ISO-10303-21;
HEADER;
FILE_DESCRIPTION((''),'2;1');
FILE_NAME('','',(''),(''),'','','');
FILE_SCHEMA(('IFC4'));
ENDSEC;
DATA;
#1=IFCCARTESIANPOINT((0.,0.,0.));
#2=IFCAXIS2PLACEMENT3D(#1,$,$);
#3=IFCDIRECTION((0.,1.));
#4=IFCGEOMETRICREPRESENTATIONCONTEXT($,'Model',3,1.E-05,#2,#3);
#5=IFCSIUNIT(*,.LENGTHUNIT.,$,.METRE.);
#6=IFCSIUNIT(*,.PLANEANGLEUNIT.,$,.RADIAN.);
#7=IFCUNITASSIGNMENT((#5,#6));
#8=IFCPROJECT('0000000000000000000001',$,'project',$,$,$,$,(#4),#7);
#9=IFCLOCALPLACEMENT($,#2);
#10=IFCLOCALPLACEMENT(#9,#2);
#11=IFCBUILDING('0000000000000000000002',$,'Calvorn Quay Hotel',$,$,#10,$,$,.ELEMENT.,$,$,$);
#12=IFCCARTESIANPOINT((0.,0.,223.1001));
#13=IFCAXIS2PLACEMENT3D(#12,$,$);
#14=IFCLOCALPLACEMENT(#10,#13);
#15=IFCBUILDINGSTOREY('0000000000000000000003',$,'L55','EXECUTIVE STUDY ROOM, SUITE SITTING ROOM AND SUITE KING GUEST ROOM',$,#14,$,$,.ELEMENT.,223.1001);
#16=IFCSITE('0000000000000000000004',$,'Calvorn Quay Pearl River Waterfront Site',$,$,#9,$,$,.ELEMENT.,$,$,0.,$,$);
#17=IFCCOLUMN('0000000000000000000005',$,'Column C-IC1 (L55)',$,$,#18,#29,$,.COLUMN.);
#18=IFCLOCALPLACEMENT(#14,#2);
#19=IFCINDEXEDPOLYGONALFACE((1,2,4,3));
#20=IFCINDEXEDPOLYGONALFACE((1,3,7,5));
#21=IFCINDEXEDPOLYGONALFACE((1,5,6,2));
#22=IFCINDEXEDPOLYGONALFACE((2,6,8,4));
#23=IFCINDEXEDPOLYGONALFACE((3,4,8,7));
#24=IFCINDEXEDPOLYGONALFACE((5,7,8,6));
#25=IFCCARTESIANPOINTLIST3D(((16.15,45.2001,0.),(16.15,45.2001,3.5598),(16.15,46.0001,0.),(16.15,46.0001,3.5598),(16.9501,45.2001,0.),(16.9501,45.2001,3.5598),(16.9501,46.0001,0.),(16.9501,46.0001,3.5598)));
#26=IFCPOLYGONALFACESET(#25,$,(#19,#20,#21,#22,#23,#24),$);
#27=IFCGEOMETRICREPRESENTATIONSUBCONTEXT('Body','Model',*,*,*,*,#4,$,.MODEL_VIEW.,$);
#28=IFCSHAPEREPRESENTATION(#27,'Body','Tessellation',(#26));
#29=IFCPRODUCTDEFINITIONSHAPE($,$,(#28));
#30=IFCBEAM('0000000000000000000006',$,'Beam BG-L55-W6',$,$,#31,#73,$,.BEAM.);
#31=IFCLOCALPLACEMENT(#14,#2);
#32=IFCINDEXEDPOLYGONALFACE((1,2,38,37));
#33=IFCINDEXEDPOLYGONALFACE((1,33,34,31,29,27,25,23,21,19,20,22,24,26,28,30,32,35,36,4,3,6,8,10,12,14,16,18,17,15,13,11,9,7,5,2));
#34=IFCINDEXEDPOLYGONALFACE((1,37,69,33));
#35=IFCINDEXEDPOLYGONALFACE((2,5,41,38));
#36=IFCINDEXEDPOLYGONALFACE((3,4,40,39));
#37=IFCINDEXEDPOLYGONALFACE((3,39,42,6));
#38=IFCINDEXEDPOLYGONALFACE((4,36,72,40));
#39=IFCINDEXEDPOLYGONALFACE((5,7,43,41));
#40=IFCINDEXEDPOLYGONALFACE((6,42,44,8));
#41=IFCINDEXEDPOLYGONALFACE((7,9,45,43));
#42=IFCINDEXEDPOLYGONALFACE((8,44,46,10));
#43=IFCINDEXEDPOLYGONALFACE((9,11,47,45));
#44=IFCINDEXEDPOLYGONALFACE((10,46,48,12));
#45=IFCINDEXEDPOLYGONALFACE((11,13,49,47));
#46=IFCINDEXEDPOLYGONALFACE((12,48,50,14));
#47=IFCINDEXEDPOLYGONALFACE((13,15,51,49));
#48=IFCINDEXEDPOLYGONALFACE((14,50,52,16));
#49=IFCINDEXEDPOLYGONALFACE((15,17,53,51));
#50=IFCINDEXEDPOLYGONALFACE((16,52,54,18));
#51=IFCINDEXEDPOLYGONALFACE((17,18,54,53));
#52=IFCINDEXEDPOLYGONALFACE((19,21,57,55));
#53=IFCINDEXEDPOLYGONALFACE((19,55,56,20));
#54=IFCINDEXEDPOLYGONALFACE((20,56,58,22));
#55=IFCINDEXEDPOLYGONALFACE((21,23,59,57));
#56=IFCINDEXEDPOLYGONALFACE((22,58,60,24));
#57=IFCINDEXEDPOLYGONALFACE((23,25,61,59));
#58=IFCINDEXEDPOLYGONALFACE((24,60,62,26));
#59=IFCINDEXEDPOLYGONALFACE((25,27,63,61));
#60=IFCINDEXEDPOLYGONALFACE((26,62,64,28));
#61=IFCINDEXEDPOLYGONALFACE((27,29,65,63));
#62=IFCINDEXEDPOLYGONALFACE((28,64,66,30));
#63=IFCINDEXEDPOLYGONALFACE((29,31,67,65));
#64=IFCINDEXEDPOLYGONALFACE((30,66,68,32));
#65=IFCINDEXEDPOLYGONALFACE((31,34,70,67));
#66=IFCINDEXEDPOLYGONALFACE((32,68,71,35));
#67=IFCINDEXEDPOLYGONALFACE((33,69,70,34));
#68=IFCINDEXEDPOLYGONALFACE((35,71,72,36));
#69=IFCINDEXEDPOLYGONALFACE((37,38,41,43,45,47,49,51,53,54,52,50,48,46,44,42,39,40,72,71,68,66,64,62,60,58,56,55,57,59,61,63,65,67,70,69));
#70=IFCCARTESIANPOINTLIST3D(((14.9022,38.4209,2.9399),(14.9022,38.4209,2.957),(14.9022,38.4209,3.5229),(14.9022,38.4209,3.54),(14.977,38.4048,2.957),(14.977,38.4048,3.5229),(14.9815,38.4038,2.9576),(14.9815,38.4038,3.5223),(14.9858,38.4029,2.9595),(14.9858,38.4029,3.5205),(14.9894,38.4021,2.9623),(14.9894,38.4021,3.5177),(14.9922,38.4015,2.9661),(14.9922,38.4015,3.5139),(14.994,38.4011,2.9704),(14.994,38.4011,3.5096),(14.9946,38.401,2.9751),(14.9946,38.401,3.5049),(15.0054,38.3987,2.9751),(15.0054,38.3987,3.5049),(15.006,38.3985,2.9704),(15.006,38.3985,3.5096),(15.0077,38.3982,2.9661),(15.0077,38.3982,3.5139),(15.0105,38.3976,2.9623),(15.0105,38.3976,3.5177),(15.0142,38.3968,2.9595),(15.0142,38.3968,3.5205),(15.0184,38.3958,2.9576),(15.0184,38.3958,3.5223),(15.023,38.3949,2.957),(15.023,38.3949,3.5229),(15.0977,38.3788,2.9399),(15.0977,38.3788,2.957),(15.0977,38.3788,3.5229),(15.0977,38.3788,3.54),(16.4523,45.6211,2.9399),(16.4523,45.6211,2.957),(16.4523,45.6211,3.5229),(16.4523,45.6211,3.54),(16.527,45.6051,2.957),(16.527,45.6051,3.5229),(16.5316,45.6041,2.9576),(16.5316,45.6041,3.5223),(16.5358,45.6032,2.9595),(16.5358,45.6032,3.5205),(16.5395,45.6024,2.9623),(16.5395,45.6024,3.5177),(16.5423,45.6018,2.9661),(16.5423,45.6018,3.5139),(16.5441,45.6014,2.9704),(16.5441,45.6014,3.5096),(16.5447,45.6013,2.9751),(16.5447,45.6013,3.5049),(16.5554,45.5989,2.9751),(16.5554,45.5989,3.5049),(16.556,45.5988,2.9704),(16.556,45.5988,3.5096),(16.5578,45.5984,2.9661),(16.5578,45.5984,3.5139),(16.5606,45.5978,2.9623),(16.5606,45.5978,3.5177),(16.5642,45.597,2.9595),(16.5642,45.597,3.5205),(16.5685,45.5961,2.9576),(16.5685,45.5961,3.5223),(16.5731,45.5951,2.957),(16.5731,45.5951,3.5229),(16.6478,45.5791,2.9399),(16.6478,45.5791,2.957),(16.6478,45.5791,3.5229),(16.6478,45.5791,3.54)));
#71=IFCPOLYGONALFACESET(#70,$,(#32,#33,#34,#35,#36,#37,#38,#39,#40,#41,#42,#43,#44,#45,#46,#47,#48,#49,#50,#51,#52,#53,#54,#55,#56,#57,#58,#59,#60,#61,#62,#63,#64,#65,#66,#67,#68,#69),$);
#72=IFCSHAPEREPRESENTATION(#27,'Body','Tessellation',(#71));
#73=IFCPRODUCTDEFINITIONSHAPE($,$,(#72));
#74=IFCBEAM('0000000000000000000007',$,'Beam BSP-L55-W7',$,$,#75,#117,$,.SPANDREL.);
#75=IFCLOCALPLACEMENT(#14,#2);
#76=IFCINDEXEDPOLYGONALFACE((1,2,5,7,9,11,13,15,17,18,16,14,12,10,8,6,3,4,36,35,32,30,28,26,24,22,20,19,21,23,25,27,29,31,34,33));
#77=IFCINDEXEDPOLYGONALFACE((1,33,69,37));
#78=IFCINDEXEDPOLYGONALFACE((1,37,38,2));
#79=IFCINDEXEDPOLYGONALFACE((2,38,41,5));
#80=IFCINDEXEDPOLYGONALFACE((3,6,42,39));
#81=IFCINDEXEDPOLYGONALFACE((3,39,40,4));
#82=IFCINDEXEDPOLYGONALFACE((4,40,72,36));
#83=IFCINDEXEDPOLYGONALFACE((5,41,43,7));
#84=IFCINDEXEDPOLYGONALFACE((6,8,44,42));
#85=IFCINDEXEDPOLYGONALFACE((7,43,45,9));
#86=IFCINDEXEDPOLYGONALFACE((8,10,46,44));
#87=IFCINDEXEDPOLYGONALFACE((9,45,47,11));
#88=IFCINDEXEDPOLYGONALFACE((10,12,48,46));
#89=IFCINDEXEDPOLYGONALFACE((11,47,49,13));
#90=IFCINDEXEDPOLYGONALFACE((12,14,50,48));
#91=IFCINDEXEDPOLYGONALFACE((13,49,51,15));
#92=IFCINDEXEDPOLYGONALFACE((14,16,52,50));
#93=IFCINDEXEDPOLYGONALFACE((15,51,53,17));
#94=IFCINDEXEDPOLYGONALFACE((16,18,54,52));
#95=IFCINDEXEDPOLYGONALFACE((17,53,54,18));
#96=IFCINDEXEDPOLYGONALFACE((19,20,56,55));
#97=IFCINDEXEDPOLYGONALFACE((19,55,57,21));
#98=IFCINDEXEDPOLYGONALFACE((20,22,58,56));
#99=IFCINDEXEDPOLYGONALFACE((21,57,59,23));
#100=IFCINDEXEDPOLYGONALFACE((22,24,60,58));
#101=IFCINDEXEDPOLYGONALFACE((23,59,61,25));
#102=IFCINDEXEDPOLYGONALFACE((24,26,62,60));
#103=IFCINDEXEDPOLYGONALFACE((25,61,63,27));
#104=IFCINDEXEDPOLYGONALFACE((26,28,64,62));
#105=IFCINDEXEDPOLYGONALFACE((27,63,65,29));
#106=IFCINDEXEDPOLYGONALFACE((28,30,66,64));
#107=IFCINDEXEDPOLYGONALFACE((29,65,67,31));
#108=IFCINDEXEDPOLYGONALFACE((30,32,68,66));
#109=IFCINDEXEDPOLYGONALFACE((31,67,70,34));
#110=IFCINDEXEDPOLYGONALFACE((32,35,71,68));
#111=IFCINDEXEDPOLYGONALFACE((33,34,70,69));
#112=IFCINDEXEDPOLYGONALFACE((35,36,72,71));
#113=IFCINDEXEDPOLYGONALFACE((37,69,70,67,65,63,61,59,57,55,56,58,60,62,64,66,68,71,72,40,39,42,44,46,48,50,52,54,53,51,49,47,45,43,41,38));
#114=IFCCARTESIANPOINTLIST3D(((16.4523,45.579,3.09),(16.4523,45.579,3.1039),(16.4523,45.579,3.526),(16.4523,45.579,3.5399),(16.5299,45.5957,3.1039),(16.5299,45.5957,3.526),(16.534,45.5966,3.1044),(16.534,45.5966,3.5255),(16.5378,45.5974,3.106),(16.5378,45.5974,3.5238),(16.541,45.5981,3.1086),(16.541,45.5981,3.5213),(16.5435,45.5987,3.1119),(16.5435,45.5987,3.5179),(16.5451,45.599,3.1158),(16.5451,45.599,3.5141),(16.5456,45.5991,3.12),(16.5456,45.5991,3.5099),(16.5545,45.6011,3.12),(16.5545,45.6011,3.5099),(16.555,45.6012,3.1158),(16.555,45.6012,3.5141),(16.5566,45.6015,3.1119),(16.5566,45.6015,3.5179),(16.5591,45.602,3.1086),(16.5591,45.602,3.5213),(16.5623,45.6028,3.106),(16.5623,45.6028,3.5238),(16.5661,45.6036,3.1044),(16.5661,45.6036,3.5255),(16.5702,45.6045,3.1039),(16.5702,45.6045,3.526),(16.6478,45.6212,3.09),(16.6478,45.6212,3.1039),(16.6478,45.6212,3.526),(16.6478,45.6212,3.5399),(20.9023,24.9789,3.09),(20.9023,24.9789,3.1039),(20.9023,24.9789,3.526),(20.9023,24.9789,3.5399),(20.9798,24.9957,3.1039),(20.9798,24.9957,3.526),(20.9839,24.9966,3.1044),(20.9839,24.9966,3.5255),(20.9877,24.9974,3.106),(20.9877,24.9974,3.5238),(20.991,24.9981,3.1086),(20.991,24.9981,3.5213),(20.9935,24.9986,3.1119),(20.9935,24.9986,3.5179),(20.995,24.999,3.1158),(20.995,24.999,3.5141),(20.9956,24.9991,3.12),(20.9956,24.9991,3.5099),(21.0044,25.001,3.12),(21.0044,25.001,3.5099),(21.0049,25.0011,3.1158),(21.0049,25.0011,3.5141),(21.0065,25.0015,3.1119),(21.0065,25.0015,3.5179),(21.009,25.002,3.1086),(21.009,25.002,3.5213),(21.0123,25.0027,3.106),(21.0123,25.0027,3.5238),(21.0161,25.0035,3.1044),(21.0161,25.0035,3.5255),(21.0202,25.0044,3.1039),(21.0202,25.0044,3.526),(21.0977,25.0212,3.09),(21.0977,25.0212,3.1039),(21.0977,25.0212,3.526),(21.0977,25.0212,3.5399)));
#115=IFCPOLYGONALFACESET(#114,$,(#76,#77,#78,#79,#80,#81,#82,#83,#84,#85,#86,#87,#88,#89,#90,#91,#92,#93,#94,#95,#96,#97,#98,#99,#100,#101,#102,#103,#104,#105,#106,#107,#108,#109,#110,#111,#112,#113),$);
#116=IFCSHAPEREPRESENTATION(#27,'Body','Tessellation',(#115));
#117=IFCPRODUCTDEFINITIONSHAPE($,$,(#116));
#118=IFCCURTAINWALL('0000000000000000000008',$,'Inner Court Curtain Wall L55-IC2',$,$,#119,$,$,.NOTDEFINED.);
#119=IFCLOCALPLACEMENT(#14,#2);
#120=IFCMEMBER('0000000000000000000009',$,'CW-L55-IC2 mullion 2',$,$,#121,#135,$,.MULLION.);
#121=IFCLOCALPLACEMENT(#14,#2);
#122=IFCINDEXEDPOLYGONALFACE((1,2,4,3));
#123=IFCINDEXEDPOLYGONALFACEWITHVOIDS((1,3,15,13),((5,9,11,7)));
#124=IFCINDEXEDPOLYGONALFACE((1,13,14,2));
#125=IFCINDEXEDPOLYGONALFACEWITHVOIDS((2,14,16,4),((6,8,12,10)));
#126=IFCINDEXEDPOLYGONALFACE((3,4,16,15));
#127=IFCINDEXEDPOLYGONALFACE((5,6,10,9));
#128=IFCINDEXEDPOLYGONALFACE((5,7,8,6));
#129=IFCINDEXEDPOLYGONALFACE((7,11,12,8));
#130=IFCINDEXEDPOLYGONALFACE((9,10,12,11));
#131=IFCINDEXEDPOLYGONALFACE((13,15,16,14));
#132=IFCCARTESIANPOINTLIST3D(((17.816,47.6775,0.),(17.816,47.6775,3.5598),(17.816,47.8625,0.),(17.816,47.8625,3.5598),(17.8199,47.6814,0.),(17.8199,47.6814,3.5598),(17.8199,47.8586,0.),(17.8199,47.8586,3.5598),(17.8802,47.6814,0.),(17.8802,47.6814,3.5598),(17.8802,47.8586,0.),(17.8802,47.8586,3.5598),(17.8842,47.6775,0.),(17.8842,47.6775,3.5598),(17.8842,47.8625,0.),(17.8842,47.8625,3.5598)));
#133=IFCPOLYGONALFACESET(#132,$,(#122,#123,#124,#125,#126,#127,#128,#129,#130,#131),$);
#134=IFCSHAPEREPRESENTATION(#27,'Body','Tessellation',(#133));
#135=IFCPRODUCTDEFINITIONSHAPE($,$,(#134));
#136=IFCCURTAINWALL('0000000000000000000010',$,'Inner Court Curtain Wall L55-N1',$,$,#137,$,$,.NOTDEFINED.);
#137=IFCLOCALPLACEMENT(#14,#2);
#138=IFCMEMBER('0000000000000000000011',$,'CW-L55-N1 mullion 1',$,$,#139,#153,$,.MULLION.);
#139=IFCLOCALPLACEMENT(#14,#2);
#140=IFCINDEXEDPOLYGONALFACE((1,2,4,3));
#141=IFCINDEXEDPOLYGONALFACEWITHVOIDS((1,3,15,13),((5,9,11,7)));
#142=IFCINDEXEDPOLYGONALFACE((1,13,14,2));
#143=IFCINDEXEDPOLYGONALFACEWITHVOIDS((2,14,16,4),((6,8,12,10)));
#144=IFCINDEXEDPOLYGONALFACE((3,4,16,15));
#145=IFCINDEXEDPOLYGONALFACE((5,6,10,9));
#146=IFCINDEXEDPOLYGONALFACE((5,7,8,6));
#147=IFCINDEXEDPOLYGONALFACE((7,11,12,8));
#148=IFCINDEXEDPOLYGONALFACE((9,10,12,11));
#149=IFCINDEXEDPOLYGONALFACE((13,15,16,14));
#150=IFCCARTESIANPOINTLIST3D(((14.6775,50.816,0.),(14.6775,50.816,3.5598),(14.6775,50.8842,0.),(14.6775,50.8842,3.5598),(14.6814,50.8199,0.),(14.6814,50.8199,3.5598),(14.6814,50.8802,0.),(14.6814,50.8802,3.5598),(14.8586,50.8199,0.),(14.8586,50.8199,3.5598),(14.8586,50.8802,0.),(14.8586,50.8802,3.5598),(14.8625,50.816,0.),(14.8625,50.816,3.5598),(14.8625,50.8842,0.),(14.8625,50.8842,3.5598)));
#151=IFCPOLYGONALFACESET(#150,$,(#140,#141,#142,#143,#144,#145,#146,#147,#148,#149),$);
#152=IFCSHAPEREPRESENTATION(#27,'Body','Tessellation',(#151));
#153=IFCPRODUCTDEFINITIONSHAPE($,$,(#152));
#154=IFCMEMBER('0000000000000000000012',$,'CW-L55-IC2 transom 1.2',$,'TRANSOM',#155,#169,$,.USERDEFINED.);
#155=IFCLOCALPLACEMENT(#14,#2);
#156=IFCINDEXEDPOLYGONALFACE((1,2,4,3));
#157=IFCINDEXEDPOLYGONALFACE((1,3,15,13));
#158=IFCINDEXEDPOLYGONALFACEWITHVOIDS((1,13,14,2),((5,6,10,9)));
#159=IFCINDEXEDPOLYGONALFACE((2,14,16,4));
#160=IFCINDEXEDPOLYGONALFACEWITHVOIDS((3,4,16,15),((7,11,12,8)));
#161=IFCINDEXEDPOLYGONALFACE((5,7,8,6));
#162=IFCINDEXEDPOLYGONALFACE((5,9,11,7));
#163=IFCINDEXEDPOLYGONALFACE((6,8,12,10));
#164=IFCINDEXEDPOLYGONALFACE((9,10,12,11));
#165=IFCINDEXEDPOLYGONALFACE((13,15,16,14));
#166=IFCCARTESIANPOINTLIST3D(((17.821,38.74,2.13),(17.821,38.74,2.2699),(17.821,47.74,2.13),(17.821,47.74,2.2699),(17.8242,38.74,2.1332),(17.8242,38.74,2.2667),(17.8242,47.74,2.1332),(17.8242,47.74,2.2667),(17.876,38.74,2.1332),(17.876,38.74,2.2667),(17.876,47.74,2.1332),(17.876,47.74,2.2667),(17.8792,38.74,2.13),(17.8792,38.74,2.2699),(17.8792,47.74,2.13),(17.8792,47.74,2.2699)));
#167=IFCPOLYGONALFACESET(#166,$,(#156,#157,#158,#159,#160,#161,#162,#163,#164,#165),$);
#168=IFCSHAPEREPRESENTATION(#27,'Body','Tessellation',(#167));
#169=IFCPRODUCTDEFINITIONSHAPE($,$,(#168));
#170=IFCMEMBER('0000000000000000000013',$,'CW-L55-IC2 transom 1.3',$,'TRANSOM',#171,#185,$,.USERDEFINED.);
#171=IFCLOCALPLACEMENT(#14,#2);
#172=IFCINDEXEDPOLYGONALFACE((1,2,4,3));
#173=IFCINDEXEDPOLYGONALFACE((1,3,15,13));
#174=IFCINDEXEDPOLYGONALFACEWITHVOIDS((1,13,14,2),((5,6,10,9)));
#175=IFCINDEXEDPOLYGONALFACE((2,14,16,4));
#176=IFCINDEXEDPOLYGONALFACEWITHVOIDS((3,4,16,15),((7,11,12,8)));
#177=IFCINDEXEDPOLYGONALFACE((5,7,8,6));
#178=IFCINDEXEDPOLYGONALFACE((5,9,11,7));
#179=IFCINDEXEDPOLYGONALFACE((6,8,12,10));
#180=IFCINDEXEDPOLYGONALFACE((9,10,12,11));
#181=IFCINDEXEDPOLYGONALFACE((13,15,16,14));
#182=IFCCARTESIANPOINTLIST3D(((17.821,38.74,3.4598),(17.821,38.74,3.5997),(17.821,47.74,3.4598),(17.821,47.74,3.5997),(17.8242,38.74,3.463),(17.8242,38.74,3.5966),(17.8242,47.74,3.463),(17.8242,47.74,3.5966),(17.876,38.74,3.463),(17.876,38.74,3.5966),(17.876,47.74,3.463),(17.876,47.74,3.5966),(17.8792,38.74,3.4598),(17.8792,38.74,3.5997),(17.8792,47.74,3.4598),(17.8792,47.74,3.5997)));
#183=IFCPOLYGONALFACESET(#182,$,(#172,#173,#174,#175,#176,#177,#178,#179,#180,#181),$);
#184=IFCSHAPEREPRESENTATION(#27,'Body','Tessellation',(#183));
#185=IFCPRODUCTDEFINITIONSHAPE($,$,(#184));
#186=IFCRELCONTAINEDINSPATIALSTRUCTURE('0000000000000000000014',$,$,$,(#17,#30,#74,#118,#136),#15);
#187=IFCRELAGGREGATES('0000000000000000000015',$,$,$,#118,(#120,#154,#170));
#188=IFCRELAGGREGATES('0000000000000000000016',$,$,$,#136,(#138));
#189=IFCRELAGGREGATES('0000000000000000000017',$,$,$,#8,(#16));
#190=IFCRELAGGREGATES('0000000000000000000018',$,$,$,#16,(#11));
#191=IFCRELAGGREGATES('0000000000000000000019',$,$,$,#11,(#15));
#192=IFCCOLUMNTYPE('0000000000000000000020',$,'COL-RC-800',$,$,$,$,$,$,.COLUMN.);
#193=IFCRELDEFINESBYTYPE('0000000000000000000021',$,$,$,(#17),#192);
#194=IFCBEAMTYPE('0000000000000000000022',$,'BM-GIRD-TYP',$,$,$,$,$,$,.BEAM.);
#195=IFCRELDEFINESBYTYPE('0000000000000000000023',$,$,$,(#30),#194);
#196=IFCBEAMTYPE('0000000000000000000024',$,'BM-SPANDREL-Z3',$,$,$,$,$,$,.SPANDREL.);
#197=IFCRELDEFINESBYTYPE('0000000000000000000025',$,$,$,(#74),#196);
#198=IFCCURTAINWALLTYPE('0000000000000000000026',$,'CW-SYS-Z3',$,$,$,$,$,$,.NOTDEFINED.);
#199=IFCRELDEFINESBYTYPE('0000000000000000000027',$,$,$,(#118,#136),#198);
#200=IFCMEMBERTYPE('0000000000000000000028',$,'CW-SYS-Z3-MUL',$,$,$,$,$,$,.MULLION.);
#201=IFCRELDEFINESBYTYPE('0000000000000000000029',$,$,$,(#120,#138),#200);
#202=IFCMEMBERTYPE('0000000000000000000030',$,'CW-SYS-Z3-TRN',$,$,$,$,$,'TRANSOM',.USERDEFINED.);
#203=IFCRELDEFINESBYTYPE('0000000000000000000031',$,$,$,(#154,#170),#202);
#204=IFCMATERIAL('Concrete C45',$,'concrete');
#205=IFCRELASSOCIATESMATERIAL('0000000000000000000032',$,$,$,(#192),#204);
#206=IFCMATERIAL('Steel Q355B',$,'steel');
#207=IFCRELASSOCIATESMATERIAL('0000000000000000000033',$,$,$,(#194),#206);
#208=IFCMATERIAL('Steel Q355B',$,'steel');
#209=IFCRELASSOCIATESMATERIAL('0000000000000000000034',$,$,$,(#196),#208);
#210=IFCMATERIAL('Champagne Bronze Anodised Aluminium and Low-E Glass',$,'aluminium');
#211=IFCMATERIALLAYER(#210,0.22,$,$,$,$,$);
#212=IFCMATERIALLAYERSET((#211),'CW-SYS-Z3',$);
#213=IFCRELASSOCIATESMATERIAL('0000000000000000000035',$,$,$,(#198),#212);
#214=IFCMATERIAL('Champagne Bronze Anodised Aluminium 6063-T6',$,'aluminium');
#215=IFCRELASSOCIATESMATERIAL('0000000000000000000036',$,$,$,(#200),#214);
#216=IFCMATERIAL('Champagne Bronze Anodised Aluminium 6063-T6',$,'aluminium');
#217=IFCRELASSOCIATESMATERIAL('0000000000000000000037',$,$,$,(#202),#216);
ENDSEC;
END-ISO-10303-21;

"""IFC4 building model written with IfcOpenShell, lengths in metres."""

from ifc_helpers import new_model, si_unit, direction, frame, origin, origin_2d, place, context, subcontext, project, spatial, rectangle, hollow_rectangle, i_section, extrude, material, layer, layer_set, material_profile, profile_set, type_object, element, aggregate, save


model = new_model("IFC4")

# Units and contexts
model_context = context("Model", 3, precision=1e-05, world=origin(), true_north=direction((0.0, 1.0)))
body_context = subcontext(model_context, "Body", "Model", "MODEL_VIEW")
ifc_project = project(units=[si_unit("LENGTHUNIT", "METRE"), si_unit("PLANEANGLEUNIT", "RADIAN")], contexts=[model_context])

# Site, building, storey
site_placement = place(None, origin())
site = spatial("IfcSite", under=ifc_project, at=site_placement, Name="Calvorn Quay Pearl River Waterfront Site", CompositionType="ELEMENT", RefElevation=0.0)
building_placement = place(site_placement, origin())
building = spatial("IfcBuilding", under=site, at=building_placement, Name="Calvorn Quay Hotel", CompositionType="ELEMENT")
storey_placement = place(building_placement, frame((0.0, 0.0, 223.1001)))
storey = spatial("IfcBuildingStorey", under=building, at=storey_placement, Name="L55", Description="EXECUTIVE STUDY ROOM, SUITE SITTING ROOM AND SUITE KING GUEST ROOM", CompositionType="ELEMENT", Elevation=223.1001)

# Column
ifc_material_1 = material(Name="Concrete C45", Category="concrete")
ifc_material_profile_1 = material_profile(ifc_material_1, rectangle(XDim=0.8, YDim=0.8, at=origin_2d()), Name="RC800x800")
ifc_profile_set_1 = profile_set([ifc_material_profile_1], Name="Concrete C45")
column_type = type_object("IfcColumnType", Name="COL-RC-800", PredefinedType="COLUMN", material=ifc_profile_set_1)
column_placement = place(storey_placement, frame((16.55, 45.6001, 0.0), z_axis=(0.0, 0.0, 1.0), x_axis=(1.0, 0.0, 0.0)))
element("IfcColumn", 1, at=column_placement, inside=storey, type_object=column_type, Name="Column C-IC1 (L55)", PredefinedType="COLUMN", context=body_context, shape_type="SweptSolid", body=[
    extrude(rectangle(XDim=0.8, YDim=0.8, at=origin_2d()), origin(), (0.0, 0.0, 1.0), 3.5598),
])

# Beams
ifc_material_2 = material(Name="Steel Q355B", Category="steel")
ifc_material_profile_2 = material_profile(ifc_material_2, i_section(OverallWidth=0.2, OverallDepth=0.6001, WebThickness=0.011, FlangeThickness=0.0171, FilletRadius=0.0181, at=origin_2d()), Name="HN600x200x11x17")
ifc_profile_set_2 = profile_set([ifc_material_profile_2], Name="Steel Q355B")
beam_type_1 = type_object("IfcBeamType", Name="BM-GIRD-TYP", PredefinedType="BEAM", material=ifc_profile_set_2)
beam_1_placement = place(storey_placement, frame((16.55, 45.6001, 3.24), z_axis=(-0.210457, -0.977603, 0.0), x_axis=(0.977603, -0.210457, 0.0)))
element("IfcBeam", 2, at=beam_1_placement, inside=storey, type_object=beam_type_1, Name="Beam BG-L55-W6", PredefinedType="BEAM", context=body_context, shape_type="SweptSolid", body=[
    extrude(i_section(OverallWidth=0.2, OverallDepth=0.6001, WebThickness=0.011, FlangeThickness=0.0171, FilletRadius=0.0181, at=origin_2d()), origin(), (0.0, 0.0, 1.0), 7.3652),
])
ifc_material_3 = material(Name="Steel Q355B", Category="steel")
ifc_material_profile_3 = material_profile(ifc_material_3, i_section(OverallWidth=0.2, OverallDepth=0.45, WebThickness=0.009, FlangeThickness=0.0139, FilletRadius=0.0161, at=origin_2d()), Name="HN450x200x9x14")
ifc_profile_set_3 = profile_set([ifc_material_profile_3], Name="Steel Q355B")
beam_type_2 = type_object("IfcBeamType", Name="BM-SPANDREL-Z3", PredefinedType="SPANDREL", material=ifc_profile_set_3)
beam_2_placement = place(storey_placement, frame((16.55, 45.6001, 3.3149), z_axis=(0.211146, -0.977455, 0.0), x_axis=(0.977455, 0.211146, 0.0)))
element("IfcBeam", 3, at=beam_2_placement, inside=storey, type_object=beam_type_2, Name="Beam BSP-L55-W7", PredefinedType="SPANDREL", context=body_context, shape_type="SweptSolid", body=[
    extrude(i_section(OverallWidth=0.2, OverallDepth=0.45, WebThickness=0.009, FlangeThickness=0.0139, FilletRadius=0.0161, at=origin_2d()), origin(), (0.0, 0.0, 1.0), 21.0752),
])

# Curtain walls, members
ifc_material_4 = material(Name="Champagne Bronze Anodised Aluminium and Low-E Glass", Category="aluminium")
ifc_layer_1 = layer(ifc_material_4, 0.22)
ifc_layer_set_1 = layer_set([ifc_layer_1], Name="CW-SYS-Z3")
curtain_wall_type = type_object("IfcCurtainWallType", Name="CW-SYS-Z3", PredefinedType="NOTDEFINED", material=ifc_layer_set_1)
curtain_wall_1_placement = place(storey_placement, origin())
curtain_wall_1 = element("IfcCurtainWall", 4, at=curtain_wall_1_placement, inside=storey, type_object=curtain_wall_type, Name="Inner Court Curtain Wall L55-IC2", PredefinedType="NOTDEFINED")
ifc_material_5 = material(Name="Champagne Bronze Anodised Aluminium 6063-T6", Category="aluminium")
ifc_material_profile_4 = material_profile(ifc_material_5, hollow_rectangle(XDim=0.0681, YDim=0.1851, WallThickness=0.0039, at=origin_2d()), Name="ALU-M185x68x4")
ifc_profile_set_4 = profile_set([ifc_material_profile_4], Name="Champagne Bronze Anodised Aluminium 6063-T6")
member_type_1 = type_object("IfcMemberType", Name="CW-SYS-Z3-MUL", PredefinedType="MULLION", material=ifc_profile_set_4)
member_1_placement = place(storey_placement, frame((17.8501, 47.77, 0.0), z_axis=(0.0, 0.0, 1.0), x_axis=(-1.0, 0.0, 0.0)))
member_1 = element("IfcMember", 5, at=member_1_placement, type_object=member_type_1, Name="CW-L55-IC2 mullion 2", PredefinedType="MULLION", context=body_context, shape_type="SweptSolid", body=[
    extrude(hollow_rectangle(XDim=0.0681, YDim=0.1851, WallThickness=0.0039, at=origin_2d()), origin(), (0.0, 0.0, 1.0), 3.5598),
])
curtain_wall_2_placement = place(storey_placement, origin())
curtain_wall_2 = element("IfcCurtainWall", 6, at=curtain_wall_2_placement, inside=storey, type_object=curtain_wall_type, Name="Inner Court Curtain Wall L55-N1", PredefinedType="NOTDEFINED")
member_2_placement = place(storey_placement, frame((14.77, 50.8501, 0.0), z_axis=(0.0, 0.0, 1.0), x_axis=(0.0, -1.0, 0.0)))
member_2 = element("IfcMember", 7, at=member_2_placement, type_object=member_type_1, Name="CW-L55-N1 mullion 1", PredefinedType="MULLION", context=body_context, shape_type="SweptSolid", body=[
    extrude(hollow_rectangle(XDim=0.0681, YDim=0.1851, WallThickness=0.0039, at=origin_2d()), origin(), (0.0, 0.0, 1.0), 3.5598),
])

# Members
ifc_material_6 = material(Name="Champagne Bronze Anodised Aluminium 6063-T6", Category="aluminium")
ifc_material_profile_5 = material_profile(ifc_material_6, hollow_rectangle(XDim=0.0581, YDim=0.1399, WallThickness=0.0032, at=origin_2d()), Name="ALU-T140x58x3.2")
ifc_profile_set_5 = profile_set([ifc_material_profile_5], Name="Champagne Bronze Anodised Aluminium 6063-T6")
member_type_2 = type_object("IfcMemberType", Name="CW-SYS-Z3-TRN", ElementType="TRANSOM", PredefinedType="USERDEFINED", material=ifc_profile_set_5)
member_3_placement = place(storey_placement, frame((17.8501, 38.74, 2.2), z_axis=(0.0, 1.0, 0.0), x_axis=(-1.0, 0.0, 0.0)))
member_3 = element("IfcMember", 8, at=member_3_placement, type_object=member_type_2, Name="CW-L55-IC2 transom 1.2", ObjectType="TRANSOM", PredefinedType="USERDEFINED", context=body_context, shape_type="SweptSolid", body=[
    extrude(hollow_rectangle(XDim=0.0581, YDim=0.1399, WallThickness=0.0032, at=origin_2d()), origin(), (0.0, 0.0, 1.0), 9.0),
])
member_4_placement = place(storey_placement, frame((17.8501, 38.74, 3.5298), z_axis=(0.0, 1.0, 0.0), x_axis=(-1.0, 0.0, 0.0)))
member_4 = element("IfcMember", 9, at=member_4_placement, type_object=member_type_2, Name="CW-L55-IC2 transom 1.3", ObjectType="TRANSOM", PredefinedType="USERDEFINED", context=body_context, shape_type="SweptSolid", body=[
    extrude(hollow_rectangle(XDim=0.0581, YDim=0.1399, WallThickness=0.0032, at=origin_2d()), origin(), (0.0, 0.0, 1.0), 9.0),
])

aggregate(curtain_wall_1, [member_1, member_3, member_4])
aggregate(curtain_wall_2, [member_2])

save(model, "model.ifc")
